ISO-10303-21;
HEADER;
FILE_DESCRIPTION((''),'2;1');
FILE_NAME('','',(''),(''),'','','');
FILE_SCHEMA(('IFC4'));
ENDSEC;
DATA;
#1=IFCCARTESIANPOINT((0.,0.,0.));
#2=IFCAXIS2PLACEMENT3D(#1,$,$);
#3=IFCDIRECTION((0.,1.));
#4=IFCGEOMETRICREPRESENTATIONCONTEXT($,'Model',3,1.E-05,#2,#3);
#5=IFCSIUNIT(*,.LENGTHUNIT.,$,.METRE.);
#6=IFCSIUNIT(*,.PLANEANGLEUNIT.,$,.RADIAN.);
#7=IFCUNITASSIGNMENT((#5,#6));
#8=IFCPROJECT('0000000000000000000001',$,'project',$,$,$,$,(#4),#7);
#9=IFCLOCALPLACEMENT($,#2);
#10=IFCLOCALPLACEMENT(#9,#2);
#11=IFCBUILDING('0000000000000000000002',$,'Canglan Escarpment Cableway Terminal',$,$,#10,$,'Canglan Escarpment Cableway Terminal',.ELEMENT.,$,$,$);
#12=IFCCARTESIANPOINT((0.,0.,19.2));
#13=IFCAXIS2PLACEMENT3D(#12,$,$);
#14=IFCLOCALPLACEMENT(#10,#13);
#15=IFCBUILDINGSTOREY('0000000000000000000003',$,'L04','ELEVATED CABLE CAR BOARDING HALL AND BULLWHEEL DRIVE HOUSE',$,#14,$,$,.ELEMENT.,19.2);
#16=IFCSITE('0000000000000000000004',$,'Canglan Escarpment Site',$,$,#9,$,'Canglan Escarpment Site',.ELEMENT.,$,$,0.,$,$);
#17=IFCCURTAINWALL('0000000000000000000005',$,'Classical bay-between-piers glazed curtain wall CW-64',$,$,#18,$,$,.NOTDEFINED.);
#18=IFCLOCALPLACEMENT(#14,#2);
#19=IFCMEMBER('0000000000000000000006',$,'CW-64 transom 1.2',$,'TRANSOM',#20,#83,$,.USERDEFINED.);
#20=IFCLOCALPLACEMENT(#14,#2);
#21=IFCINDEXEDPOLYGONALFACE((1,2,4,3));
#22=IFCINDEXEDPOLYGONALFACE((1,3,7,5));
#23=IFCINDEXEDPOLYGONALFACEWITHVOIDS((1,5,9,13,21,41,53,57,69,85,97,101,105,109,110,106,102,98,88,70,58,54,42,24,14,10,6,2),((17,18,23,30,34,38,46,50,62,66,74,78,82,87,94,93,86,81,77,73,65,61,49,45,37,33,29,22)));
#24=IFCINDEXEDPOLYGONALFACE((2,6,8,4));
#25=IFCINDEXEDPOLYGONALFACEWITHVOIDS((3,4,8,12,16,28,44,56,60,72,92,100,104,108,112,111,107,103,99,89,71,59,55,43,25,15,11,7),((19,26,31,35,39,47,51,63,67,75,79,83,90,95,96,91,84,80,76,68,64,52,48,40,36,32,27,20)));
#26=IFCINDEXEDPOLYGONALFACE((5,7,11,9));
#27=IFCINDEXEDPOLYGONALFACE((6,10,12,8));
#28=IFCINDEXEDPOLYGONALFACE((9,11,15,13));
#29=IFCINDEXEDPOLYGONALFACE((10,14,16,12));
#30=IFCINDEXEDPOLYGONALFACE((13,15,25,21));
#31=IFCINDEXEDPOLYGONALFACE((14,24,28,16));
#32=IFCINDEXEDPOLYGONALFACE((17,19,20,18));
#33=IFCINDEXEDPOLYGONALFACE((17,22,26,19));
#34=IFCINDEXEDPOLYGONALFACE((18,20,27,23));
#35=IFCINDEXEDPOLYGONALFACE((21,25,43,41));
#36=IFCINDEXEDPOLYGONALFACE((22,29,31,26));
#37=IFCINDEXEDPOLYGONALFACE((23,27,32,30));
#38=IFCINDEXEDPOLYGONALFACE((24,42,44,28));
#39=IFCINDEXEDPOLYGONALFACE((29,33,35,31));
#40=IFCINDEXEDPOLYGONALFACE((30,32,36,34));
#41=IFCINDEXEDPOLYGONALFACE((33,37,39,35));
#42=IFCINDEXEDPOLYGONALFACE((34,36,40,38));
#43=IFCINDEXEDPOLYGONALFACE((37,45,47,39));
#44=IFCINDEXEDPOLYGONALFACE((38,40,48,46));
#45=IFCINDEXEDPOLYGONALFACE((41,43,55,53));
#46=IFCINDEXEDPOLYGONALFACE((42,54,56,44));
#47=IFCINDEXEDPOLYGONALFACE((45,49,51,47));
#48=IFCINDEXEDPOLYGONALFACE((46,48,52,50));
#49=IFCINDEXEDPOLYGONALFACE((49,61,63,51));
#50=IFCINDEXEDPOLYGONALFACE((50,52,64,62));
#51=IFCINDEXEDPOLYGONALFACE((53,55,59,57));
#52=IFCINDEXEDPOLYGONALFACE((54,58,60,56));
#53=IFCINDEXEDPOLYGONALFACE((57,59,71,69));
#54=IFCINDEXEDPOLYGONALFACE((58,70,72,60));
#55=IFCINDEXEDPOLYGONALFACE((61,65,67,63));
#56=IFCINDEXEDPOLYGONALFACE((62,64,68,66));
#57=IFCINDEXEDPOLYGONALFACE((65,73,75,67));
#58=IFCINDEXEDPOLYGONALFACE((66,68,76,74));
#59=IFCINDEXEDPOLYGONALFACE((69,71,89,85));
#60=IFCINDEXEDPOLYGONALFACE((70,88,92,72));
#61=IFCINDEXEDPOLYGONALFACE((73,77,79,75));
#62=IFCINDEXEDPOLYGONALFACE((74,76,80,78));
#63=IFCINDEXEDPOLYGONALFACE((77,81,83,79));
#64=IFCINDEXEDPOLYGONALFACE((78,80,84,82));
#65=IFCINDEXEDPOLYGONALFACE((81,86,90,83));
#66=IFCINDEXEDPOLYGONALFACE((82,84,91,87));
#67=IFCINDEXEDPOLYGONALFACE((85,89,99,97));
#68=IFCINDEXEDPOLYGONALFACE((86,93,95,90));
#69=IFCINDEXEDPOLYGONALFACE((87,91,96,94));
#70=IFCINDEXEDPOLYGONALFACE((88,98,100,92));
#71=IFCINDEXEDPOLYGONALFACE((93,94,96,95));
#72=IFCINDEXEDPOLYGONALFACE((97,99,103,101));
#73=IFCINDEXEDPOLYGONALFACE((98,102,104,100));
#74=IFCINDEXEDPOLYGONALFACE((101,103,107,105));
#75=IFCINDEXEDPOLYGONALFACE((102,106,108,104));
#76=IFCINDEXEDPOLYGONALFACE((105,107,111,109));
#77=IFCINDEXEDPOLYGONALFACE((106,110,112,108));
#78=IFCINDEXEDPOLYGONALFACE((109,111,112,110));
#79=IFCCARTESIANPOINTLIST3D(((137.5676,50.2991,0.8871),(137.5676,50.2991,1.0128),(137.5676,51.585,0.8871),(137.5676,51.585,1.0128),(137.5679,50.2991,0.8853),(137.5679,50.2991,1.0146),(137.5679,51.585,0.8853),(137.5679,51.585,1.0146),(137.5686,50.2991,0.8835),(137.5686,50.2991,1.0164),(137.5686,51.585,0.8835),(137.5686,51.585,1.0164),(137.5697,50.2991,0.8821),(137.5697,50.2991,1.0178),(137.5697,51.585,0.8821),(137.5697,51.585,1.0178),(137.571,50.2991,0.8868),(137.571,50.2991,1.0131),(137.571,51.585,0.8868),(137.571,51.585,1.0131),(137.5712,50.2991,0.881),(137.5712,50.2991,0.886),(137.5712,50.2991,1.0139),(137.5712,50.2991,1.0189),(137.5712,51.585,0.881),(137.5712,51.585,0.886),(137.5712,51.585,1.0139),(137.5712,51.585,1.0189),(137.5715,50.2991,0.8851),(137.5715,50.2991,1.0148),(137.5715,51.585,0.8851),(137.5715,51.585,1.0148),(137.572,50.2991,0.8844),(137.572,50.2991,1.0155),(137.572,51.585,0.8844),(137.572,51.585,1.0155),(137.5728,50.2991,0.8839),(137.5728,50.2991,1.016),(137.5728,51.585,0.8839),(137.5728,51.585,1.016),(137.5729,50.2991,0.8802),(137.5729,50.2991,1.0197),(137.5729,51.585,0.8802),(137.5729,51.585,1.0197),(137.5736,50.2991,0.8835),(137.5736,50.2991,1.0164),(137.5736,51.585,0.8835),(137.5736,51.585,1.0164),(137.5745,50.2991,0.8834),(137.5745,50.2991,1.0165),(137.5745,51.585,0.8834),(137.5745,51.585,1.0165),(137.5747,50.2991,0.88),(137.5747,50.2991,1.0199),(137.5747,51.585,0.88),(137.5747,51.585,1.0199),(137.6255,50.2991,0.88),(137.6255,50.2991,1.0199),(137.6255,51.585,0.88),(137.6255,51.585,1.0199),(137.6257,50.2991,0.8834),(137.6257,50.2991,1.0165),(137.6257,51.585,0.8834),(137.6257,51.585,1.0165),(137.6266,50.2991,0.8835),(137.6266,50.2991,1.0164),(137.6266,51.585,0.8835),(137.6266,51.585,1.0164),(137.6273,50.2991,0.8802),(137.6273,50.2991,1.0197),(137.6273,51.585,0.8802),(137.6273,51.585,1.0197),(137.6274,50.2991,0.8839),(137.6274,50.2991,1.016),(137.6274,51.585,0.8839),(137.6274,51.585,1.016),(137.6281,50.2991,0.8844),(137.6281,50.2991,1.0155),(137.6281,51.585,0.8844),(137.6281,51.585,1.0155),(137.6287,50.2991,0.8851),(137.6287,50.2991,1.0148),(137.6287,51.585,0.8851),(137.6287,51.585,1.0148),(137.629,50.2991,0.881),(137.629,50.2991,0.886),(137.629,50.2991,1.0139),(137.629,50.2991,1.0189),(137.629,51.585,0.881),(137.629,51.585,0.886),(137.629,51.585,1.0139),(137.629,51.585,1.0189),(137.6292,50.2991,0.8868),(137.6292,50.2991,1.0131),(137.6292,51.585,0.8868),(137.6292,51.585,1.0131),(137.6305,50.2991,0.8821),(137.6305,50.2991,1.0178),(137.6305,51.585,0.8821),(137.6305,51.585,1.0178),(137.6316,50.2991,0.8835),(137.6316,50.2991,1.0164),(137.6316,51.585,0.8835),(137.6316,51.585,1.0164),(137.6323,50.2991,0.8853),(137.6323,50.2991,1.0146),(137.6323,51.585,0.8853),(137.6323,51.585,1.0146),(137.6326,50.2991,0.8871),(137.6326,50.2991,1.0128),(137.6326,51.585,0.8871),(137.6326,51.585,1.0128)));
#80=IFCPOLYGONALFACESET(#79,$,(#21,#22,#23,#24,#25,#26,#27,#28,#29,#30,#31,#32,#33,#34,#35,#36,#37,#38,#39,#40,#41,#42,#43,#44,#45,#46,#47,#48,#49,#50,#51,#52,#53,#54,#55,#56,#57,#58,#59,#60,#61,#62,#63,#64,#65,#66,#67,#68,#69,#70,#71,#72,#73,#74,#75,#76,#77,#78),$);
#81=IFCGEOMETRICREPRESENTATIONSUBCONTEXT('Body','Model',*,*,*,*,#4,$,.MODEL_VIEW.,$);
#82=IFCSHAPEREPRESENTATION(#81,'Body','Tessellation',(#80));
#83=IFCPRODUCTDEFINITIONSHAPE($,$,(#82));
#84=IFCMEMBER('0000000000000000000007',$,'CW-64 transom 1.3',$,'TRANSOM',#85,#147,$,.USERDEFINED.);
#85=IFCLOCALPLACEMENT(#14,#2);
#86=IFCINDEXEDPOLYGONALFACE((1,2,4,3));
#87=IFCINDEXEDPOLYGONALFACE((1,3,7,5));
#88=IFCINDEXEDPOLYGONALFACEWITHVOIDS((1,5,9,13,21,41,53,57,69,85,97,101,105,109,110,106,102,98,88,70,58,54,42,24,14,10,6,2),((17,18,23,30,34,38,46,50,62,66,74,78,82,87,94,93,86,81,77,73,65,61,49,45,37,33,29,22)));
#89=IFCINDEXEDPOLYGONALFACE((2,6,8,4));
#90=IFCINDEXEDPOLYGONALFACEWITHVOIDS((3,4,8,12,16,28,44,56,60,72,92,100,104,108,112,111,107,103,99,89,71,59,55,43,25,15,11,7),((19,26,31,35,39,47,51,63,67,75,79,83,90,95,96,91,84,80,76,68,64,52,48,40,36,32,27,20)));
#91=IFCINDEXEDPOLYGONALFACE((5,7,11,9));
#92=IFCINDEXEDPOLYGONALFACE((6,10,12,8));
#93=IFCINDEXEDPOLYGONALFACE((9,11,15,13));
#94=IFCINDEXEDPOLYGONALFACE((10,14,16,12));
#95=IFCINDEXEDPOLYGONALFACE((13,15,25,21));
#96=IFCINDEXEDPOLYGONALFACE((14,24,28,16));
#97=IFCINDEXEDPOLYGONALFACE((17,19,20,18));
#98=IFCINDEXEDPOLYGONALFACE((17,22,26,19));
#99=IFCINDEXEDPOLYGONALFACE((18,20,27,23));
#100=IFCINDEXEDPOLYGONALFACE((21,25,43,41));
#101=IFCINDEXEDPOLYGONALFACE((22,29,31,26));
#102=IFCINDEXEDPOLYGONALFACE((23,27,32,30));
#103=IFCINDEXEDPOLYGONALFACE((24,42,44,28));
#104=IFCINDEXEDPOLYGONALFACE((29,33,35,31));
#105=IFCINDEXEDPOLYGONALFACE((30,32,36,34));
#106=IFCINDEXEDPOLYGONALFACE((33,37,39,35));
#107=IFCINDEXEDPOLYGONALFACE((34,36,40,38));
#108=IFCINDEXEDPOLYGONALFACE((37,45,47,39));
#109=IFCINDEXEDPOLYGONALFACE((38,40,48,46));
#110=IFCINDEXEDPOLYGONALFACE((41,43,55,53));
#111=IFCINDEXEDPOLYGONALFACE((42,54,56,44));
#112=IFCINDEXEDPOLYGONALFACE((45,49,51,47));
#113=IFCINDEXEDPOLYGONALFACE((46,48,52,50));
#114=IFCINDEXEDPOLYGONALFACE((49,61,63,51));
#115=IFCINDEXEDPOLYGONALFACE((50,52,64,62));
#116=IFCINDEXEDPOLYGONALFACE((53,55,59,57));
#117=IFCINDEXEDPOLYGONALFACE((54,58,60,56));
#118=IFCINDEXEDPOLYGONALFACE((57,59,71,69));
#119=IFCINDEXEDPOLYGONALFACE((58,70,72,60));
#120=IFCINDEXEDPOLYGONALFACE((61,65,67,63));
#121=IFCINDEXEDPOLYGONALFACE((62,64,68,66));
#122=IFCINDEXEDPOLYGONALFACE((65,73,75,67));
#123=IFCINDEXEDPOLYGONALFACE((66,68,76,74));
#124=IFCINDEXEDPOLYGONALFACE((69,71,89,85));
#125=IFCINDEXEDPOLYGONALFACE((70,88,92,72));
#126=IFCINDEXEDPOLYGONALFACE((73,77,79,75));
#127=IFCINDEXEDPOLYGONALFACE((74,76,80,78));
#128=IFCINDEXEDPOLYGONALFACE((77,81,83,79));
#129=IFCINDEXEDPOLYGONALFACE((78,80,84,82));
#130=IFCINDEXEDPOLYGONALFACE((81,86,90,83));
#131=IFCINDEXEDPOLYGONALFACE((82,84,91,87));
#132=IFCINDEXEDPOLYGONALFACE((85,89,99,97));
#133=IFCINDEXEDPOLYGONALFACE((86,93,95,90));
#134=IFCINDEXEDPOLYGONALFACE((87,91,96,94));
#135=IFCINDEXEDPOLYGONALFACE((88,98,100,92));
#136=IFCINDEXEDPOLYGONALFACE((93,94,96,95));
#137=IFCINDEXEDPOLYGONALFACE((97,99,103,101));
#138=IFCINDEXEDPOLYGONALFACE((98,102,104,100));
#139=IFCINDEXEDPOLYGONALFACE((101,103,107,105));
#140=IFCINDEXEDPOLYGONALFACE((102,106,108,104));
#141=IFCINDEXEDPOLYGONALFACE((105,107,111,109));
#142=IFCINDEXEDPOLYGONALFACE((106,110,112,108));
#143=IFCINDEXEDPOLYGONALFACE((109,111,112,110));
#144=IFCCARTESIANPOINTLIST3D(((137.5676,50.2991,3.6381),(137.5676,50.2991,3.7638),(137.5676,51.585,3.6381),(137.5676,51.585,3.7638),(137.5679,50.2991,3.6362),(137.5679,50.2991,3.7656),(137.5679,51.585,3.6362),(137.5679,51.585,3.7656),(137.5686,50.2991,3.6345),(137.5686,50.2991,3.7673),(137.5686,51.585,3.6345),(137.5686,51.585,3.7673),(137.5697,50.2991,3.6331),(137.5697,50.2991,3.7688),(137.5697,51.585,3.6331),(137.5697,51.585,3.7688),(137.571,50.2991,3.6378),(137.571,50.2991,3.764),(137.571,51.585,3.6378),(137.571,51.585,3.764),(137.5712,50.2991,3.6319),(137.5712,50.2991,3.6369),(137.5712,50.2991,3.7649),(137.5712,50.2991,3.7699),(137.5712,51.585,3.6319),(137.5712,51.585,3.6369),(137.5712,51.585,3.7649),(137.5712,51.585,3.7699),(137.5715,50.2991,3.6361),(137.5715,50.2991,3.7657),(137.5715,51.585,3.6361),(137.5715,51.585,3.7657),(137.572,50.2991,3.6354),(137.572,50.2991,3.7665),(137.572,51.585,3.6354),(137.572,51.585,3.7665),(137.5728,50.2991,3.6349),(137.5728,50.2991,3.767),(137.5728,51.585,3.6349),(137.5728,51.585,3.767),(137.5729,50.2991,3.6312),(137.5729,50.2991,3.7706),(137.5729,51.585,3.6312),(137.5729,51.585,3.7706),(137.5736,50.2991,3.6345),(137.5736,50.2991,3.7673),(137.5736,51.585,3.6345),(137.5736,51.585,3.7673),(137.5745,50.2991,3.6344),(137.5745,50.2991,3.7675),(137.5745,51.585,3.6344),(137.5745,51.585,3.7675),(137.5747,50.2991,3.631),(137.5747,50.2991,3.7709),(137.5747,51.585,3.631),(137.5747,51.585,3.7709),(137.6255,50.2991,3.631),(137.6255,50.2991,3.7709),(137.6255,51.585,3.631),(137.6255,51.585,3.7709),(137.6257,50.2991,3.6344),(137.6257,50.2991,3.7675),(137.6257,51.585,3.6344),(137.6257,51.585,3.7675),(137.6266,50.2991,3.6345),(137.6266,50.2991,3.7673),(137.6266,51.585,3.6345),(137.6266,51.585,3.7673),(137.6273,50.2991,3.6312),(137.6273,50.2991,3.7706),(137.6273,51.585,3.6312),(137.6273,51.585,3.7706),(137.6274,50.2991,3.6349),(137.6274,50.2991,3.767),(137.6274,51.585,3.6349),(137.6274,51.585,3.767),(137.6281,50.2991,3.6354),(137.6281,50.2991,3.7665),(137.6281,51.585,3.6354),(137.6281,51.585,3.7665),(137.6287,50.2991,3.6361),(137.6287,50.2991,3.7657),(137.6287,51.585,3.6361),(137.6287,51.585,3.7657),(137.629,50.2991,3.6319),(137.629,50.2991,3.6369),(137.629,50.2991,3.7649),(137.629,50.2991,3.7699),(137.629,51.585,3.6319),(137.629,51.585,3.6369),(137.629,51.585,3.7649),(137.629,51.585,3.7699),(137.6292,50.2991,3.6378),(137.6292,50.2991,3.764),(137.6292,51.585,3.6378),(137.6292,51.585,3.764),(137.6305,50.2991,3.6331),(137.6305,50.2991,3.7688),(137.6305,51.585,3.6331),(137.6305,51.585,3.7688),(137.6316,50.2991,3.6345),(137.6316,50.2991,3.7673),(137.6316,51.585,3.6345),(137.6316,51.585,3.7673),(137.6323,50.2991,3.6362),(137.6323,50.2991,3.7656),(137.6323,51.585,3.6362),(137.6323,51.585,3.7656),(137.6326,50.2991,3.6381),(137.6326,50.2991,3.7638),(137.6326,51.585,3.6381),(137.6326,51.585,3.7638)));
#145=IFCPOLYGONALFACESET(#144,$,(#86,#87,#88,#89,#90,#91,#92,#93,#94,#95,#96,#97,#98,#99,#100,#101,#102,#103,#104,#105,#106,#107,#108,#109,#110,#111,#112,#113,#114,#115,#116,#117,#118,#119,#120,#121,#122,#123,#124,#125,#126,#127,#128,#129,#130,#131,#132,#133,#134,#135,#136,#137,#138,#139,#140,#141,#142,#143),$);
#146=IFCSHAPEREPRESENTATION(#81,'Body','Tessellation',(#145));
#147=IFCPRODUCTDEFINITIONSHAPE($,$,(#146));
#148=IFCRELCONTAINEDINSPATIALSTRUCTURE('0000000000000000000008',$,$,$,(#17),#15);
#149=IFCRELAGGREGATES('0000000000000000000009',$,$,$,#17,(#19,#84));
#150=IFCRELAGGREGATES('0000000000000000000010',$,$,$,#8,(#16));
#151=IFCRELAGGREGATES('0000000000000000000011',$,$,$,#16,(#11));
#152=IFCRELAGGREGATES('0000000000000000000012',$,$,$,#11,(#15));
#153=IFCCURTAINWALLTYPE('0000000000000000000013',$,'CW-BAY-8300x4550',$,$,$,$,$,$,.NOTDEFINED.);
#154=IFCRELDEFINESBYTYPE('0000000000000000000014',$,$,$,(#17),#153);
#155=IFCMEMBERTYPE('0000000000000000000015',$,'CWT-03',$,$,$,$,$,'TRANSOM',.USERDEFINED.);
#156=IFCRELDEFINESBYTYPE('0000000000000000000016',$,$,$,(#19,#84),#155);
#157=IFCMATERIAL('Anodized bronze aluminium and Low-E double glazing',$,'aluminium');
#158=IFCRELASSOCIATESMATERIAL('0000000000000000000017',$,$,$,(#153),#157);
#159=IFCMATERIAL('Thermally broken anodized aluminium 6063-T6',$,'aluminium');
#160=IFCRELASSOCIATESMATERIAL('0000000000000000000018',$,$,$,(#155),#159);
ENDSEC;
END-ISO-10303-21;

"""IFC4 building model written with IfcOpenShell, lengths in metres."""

from ifc_helpers import new_model, si_unit, direction, frame, origin, origin_2d, place, context, subcontext, project, spatial, hollow_rectangle, extrude, material, material_profile, profile_set, type_object, element, aggregate, save


model = new_model("IFC4")

# Units and contexts
model_context = context("Model", 3, precision=1e-05, world=origin(), true_north=direction((0.0, 1.0)))
body_context = subcontext(model_context, "Body", "Model", "MODEL_VIEW")
ifc_project = project(units=[si_unit("LENGTHUNIT", "METRE"), si_unit("PLANEANGLEUNIT", "RADIAN")], contexts=[model_context])

# Site, building, storey
site_placement = place(None, origin())
site = spatial("IfcSite", under=ifc_project, at=site_placement, Name="Canglan Escarpment Site", LongName="Canglan Escarpment Site", CompositionType="ELEMENT", RefElevation=0.0)
building_placement = place(site_placement, origin())
building = spatial("IfcBuilding", under=site, at=building_placement, Name="Canglan Escarpment Cableway Terminal", LongName="Canglan Escarpment Cableway Terminal", CompositionType="ELEMENT")
storey_placement = place(building_placement, frame((0.0, 0.0, 19.2)))
storey = spatial("IfcBuildingStorey", under=building, at=storey_placement, Name="L04", Description="ELEVATED CABLE CAR BOARDING HALL AND BULLWHEEL DRIVE HOUSE", CompositionType="ELEMENT", Elevation=19.2)

# Shared definitions
ifc_material_1 = material(Name="Anodized bronze aluminium and Low-E double glazing", Category="aluminium")
curtain_wall_type = type_object("IfcCurtainWallType", Name="CW-BAY-8300x4550", PredefinedType="NOTDEFINED", material=ifc_material_1)
ifc_material_2 = material(Name="Thermally broken anodized aluminium 6063-T6", Category="aluminium")

# Curtain wall
curtain_wall_1_placement = place(storey_placement, origin())
curtain_wall_1 = element("IfcCurtainWall", 1, at=curtain_wall_1_placement, inside=storey, type_object=curtain_wall_type, Name="Classical bay-between-piers glazed curtain wall CW-64", PredefinedType="NOTDEFINED")

# Members
ifc_material_profile_1 = material_profile(ifc_material_2, hollow_rectangle(XDim=0.0649, YDim=0.1399, WallThickness=0.0034, InnerFilletRadius=0.0034, OuterFilletRadius=0.0071, at=origin_2d()), Name="ALU-TRAN 65x140x3.5")
ifc_profile_set_1 = profile_set([ifc_material_profile_1], Name="Thermally broken anodized aluminium 6063-T6")
member_type_1 = type_object("IfcMemberType", Name="CWT-03", ElementType="TRANSOM", PredefinedType="USERDEFINED", material=ifc_profile_set_1)
member_1_placement = place(storey_placement, frame((137.6001, 51.585, 0.95), z_axis=(0.0, -1.0, 0.0), x_axis=(1.0, 0.0, 0.0)))
member_1 = element("IfcMember", 2, at=member_1_placement, type_object=member_type_1, Name="CW-64 transom 1.2", ObjectType="TRANSOM", PredefinedType="USERDEFINED", context=body_context, shape_type="SweptSolid", body=[
    extrude(hollow_rectangle(XDim=0.0649, YDim=0.1399, WallThickness=0.0034, InnerFilletRadius=0.0034, OuterFilletRadius=0.0071, at=origin_2d()), origin(), (0.0, 0.0, 1.0), 1.2859),
])
member_2_placement = place(storey_placement, frame((137.6001, 51.585, 3.7009), z_axis=(0.0, -1.0, 0.0), x_axis=(1.0, 0.0, 0.0)))
member_2 = element("IfcMember", 3, at=member_2_placement, type_object=member_type_1, Name="CW-64 transom 1.3", ObjectType="TRANSOM", PredefinedType="USERDEFINED", context=body_context, shape_type="SweptSolid", body=[
    extrude(hollow_rectangle(XDim=0.0649, YDim=0.1399, WallThickness=0.0034, InnerFilletRadius=0.0034, OuterFilletRadius=0.0071, at=origin_2d()), origin(), (0.0, 0.0, 1.0), 1.2859),
])

aggregate(curtain_wall_1, [member_1, member_2])

save(model, "model.ifc")
